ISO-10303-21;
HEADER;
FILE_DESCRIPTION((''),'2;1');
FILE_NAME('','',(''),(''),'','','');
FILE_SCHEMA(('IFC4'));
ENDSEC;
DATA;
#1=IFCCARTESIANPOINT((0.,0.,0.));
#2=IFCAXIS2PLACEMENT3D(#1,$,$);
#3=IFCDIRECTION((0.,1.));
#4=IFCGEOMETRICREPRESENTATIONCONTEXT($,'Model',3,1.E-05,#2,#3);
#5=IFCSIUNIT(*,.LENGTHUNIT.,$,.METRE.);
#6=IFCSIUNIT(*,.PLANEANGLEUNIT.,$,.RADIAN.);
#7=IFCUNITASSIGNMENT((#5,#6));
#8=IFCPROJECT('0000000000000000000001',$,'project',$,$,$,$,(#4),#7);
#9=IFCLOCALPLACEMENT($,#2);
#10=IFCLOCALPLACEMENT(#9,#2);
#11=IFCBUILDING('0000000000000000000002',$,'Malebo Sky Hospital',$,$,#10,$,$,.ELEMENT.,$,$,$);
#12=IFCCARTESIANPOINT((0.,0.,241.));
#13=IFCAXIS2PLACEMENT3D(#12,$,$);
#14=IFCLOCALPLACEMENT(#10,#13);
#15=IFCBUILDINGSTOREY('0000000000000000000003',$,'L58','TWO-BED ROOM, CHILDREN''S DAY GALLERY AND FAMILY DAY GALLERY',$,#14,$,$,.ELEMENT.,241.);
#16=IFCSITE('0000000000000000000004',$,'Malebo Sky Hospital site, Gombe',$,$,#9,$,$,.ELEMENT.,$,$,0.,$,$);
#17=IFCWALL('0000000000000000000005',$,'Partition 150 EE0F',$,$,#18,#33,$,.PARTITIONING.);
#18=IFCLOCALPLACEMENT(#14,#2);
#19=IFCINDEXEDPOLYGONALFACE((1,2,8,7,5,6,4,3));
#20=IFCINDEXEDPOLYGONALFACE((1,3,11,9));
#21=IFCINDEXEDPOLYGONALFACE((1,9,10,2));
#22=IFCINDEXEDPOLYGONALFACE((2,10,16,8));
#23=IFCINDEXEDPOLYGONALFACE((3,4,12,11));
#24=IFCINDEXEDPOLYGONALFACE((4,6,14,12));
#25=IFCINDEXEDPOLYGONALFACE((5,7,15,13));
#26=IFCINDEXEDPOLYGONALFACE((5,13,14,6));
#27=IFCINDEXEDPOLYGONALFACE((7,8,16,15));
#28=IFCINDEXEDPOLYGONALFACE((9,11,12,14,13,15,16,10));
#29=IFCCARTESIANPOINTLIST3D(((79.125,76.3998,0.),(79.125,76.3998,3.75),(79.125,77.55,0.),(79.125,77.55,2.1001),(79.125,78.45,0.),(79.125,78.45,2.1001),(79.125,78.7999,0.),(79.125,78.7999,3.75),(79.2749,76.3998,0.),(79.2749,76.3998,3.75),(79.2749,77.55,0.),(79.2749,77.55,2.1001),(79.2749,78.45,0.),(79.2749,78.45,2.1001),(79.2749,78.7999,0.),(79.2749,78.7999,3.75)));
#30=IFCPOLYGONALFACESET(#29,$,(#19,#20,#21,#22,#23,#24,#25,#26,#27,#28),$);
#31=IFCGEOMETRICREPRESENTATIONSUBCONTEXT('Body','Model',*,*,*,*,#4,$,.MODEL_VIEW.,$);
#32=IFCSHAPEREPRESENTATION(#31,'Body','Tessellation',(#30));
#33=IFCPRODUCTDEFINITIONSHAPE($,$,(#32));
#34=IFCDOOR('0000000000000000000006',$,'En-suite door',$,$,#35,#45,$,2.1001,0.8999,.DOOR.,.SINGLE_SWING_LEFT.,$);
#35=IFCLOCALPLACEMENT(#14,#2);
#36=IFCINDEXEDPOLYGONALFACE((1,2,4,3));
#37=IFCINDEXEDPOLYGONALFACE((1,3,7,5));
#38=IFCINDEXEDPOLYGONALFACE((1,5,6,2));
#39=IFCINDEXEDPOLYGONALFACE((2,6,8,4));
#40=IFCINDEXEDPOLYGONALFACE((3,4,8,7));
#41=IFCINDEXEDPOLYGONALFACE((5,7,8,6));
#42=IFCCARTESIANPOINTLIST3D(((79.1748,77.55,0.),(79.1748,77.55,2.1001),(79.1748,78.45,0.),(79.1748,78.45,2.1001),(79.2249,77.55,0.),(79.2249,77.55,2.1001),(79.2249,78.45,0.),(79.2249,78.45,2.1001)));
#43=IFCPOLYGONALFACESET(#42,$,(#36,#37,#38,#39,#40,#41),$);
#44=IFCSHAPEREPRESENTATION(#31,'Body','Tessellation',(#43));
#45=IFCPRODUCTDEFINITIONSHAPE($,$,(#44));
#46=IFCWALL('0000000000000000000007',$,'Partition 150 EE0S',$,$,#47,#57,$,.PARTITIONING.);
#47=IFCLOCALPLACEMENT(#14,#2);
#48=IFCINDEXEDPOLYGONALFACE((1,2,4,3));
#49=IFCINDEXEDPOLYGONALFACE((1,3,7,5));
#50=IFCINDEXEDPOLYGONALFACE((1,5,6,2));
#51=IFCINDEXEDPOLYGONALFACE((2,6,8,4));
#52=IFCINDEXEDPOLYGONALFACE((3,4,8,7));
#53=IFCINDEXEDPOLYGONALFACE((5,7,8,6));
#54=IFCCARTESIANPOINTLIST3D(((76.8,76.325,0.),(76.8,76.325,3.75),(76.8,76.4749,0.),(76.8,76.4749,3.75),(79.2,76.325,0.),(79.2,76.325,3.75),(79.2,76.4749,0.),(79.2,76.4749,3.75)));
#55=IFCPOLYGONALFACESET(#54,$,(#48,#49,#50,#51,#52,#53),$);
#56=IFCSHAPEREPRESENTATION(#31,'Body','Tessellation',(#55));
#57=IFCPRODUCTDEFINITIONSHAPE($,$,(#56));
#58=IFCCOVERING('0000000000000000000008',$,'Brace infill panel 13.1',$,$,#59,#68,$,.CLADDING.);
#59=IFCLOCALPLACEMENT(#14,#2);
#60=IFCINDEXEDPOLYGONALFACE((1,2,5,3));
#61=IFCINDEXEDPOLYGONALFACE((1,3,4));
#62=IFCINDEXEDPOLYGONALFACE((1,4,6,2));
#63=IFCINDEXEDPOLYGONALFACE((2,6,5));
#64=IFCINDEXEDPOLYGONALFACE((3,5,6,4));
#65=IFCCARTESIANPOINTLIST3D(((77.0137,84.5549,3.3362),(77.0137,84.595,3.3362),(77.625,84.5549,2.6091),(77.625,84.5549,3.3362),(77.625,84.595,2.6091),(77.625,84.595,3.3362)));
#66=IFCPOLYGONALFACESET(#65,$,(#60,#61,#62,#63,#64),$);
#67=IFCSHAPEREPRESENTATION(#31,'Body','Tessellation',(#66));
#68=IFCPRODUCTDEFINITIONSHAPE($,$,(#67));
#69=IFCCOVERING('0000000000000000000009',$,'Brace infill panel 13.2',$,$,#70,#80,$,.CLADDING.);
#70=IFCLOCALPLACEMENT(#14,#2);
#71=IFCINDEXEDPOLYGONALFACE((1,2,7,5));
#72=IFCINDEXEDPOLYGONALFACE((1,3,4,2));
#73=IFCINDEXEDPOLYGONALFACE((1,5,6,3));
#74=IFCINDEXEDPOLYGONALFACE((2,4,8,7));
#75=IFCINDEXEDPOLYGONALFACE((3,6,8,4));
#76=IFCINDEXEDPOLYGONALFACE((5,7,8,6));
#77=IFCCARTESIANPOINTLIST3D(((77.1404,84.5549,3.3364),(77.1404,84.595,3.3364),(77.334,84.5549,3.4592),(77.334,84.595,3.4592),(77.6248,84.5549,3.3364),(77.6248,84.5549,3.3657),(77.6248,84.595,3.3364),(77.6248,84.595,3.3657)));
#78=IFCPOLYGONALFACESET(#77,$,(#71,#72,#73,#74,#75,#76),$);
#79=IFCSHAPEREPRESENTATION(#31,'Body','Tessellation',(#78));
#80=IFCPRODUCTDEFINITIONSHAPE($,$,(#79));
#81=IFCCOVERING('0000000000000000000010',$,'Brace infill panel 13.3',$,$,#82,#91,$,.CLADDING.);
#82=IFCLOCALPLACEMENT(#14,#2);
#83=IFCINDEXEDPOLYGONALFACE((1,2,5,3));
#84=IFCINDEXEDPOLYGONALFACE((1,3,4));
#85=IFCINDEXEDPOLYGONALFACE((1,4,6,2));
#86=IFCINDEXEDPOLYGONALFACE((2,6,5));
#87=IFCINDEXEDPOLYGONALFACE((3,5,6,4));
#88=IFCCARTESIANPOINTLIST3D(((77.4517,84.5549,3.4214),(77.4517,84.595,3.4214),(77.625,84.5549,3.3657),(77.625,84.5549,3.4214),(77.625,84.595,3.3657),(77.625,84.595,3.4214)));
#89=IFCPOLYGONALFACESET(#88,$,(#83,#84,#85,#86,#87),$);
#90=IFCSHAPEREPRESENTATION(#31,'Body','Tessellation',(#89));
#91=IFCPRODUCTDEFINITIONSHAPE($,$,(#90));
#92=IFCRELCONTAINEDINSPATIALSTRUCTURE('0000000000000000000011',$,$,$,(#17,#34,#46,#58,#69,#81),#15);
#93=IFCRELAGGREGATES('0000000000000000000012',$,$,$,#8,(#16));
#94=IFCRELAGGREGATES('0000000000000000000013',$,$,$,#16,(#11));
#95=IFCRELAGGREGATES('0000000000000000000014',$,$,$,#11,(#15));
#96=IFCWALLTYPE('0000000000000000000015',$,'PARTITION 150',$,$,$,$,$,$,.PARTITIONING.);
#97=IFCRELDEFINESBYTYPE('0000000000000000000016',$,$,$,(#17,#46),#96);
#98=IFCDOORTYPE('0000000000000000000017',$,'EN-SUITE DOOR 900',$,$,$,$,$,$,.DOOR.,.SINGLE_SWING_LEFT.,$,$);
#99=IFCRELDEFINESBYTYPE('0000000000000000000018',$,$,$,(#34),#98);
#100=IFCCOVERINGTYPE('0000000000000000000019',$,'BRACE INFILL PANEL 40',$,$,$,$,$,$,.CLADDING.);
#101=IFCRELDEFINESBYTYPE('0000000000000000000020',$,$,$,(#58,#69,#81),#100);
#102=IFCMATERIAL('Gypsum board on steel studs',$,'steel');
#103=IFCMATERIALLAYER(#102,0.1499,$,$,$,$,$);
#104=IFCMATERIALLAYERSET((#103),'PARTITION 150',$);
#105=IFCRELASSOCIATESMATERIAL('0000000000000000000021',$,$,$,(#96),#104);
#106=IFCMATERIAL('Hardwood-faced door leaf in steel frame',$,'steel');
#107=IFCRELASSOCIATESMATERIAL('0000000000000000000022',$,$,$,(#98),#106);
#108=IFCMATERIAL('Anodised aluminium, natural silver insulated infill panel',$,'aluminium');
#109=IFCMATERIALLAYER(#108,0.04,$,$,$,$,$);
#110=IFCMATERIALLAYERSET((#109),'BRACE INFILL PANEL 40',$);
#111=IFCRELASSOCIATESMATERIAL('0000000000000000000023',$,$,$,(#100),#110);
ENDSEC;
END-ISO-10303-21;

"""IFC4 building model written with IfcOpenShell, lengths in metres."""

from ifc_helpers import new_model, si_unit, direction, frame, frame_2d, origin, place, context, subcontext, project, spatial, polyline, rectangle, outline, extrude, material, layer, layer_set, type_object, element, fill, save


model = new_model("IFC4")

# Units and contexts
model_context = context("Model", 3, precision=1e-05, world=origin(), true_north=direction((0.0, 1.0)))
body_context = subcontext(model_context, "Body", "Model", "MODEL_VIEW")
ifc_project = project(units=[si_unit("LENGTHUNIT", "METRE"), si_unit("PLANEANGLEUNIT", "RADIAN")], contexts=[model_context])

# Site, building, storey
site_placement = place(None, origin())
site = spatial("IfcSite", under=ifc_project, at=site_placement, Name="Malebo Sky Hospital site, Gombe", CompositionType="ELEMENT", RefElevation=0.0)
building_placement = place(site_placement, origin())
building = spatial("IfcBuilding", under=site, at=building_placement, Name="Malebo Sky Hospital", CompositionType="ELEMENT")
storey_placement = place(building_placement, frame((0.0, 0.0, 241.0)))
storey = spatial("IfcBuildingStorey", under=building, at=storey_placement, Name="L58", Description="TWO-BED ROOM, CHILDREN'S DAY GALLERY AND FAMILY DAY GALLERY", CompositionType="ELEMENT", Elevation=241.0)

# Shared definitions
ifc_material_1 = material(Name="Gypsum board on steel studs", Category="steel")
ifc_material_2 = material(Name="Hardwood-faced door leaf in steel frame", Category="steel")

# Shared definitions
ifc_layer_1 = layer(ifc_material_1, 0.1499)
ifc_layer_set_1 = layer_set([ifc_layer_1], Name="PARTITION 150")
wall_type_1 = type_object("IfcWallType", Name="PARTITION 150", PredefinedType="PARTITIONING", material=ifc_layer_set_1)

# Wall, opening, door
wall_1_placement = place(storey_placement, frame((79.2, 78.8, 0.0), z_axis=(0.0, 0.0, 1.0), x_axis=(0.0, -1.0, 0.0)))
wall_1 = element("IfcWall", 1, at=wall_1_placement, inside=storey, type_object=wall_type_1, Name="Partition 150 EE0F", PredefinedType="PARTITIONING", context=body_context, shape_type="SweptSolid", body=[
    extrude(rectangle(XDim=2.4001, YDim=0.1499, at=frame_2d((1.2002, 0.0))), origin(), (0.0, 0.0, 1.0), 3.75),
])
opening_1_placement = place(wall_1_placement, frame((0.3501, 0.0, 0.0)))
opening_1 = element("IfcOpeningElement", 2, at=opening_1_placement, cuts=wall_1, PredefinedType="OPENING", context=body_context, shape_type="SweptSolid", body=[
    extrude(rectangle(XDim=0.8999, YDim=2.1001, at=frame_2d((0.45, 1.05))), frame((0.0, 0.085, 0.0), z_axis=(0.0, -1.0, 0.0), x_axis=(1.0, 0.0, 0.0)), (0.0, 0.0, 1.0), 0.1699),
])
door_type_1 = type_object("IfcDoorType", Name="EN-SUITE DOOR 900", OperationType="SINGLE_SWING_LEFT", PredefinedType="DOOR", material=ifc_material_2)
door_1_placement = place(opening_1_placement, origin())
door_1 = element("IfcDoor", 3, at=door_1_placement, inside=storey, type_object=door_type_1, Name="En-suite door", OperationType="SINGLE_SWING_LEFT", OverallHeight=2.1001, OverallWidth=0.8999, PredefinedType="DOOR", context=body_context, shape_type="SweptSolid", body=[
    extrude(rectangle(XDim=0.8999, YDim=2.1001, at=frame_2d((0.45, 1.05))), frame((0.0, 0.0249, 0.0), z_axis=(0.0, -1.0, 0.0), x_axis=(1.0, 0.0, 0.0)), (0.0, 0.0, 1.0), 0.05),
])
fill(opening_1, door_1)

# Wall
wall_2_placement = place(storey_placement, frame((76.8, 76.3999, 0.0), z_axis=(0.0, 0.0, 1.0), x_axis=(1.0, 0.0, 0.0)))
element("IfcWall", 4, at=wall_2_placement, inside=storey, type_object=wall_type_1, Name="Partition 150 EE0S", PredefinedType="PARTITIONING", context=body_context, shape_type="SweptSolid", body=[
    extrude(rectangle(XDim=2.3999, YDim=0.1499, at=frame_2d((1.2, 0.0))), origin(), (0.0, 0.0, 1.0), 3.75),
])

# Coverings
ifc_material_3 = material(Name="Anodised aluminium, natural silver insulated infill panel", Category="aluminium")
ifc_layer_2 = layer(ifc_material_3, 0.04)
ifc_layer_set_2 = layer_set([ifc_layer_2], Name="BRACE INFILL PANEL 40")
covering_type = type_object("IfcCoveringType", Name="BRACE INFILL PANEL 40", PredefinedType="CLADDING", material=ifc_layer_set_2)
covering_1_placement = place(storey_placement, frame((77.3193, 84.575, 2.6091), z_axis=(0.0, 0.0, 1.0), x_axis=(1.0, 0.0, 0.0)))
element("IfcCovering", 5, at=covering_1_placement, inside=storey, type_object=covering_type, Name="Brace infill panel 13.1", PredefinedType="CLADDING", context=body_context, shape_type="SweptSolid", body=[
    extrude(outline(polyline([(0.3057, 0.0), (0.3057, 0.7271), (-0.3057, 0.7271), (0.3057, 0.0)])), frame((0.0, 0.02, 0.0), z_axis=(0.0, -1.0, 0.0), x_axis=(1.0, 0.0, 0.0)), (0.0, 0.0, 1.0), 0.04),
])
covering_2_placement = place(storey_placement, frame((77.3826, 84.575, 3.3364), z_axis=(0.0, 0.0, 1.0), x_axis=(1.0, 0.0, 0.0)))
element("IfcCovering", 6, at=covering_2_placement, inside=storey, type_object=covering_type, Name="Brace infill panel 13.2", PredefinedType="CLADDING", context=body_context, shape_type="SweptSolid", body=[
    extrude(outline(polyline([(-0.2422, 0.0), (0.2422, 0.0), (0.2422, 0.0293), (-0.0486, 0.1228), (-0.2422, 0.0)])), frame((0.0, 0.02, 0.0), z_axis=(0.0, -1.0, 0.0), x_axis=(1.0, 0.0, 0.0)), (0.0, 0.0, 1.0), 0.04),
])
covering_3_placement = place(storey_placement, frame((77.5383, 84.575, 3.3657), z_axis=(0.0, 0.0, 1.0), x_axis=(1.0, 0.0, 0.0)))
element("IfcCovering", 7, at=covering_3_placement, inside=storey, type_object=covering_type, Name="Brace infill panel 13.3", PredefinedType="CLADDING", context=body_context, shape_type="SweptSolid", body=[
    extrude(outline(polyline([(0.0867, 0.0), (0.0867, 0.0557), (-0.0867, 0.0557), (0.0867, 0.0)])), frame((0.0, 0.02, 0.0), z_axis=(0.0, -1.0, 0.0), x_axis=(1.0, 0.0, 0.0)), (0.0, 0.0, 1.0), 0.04),
])

save(model, "model.ifc")
